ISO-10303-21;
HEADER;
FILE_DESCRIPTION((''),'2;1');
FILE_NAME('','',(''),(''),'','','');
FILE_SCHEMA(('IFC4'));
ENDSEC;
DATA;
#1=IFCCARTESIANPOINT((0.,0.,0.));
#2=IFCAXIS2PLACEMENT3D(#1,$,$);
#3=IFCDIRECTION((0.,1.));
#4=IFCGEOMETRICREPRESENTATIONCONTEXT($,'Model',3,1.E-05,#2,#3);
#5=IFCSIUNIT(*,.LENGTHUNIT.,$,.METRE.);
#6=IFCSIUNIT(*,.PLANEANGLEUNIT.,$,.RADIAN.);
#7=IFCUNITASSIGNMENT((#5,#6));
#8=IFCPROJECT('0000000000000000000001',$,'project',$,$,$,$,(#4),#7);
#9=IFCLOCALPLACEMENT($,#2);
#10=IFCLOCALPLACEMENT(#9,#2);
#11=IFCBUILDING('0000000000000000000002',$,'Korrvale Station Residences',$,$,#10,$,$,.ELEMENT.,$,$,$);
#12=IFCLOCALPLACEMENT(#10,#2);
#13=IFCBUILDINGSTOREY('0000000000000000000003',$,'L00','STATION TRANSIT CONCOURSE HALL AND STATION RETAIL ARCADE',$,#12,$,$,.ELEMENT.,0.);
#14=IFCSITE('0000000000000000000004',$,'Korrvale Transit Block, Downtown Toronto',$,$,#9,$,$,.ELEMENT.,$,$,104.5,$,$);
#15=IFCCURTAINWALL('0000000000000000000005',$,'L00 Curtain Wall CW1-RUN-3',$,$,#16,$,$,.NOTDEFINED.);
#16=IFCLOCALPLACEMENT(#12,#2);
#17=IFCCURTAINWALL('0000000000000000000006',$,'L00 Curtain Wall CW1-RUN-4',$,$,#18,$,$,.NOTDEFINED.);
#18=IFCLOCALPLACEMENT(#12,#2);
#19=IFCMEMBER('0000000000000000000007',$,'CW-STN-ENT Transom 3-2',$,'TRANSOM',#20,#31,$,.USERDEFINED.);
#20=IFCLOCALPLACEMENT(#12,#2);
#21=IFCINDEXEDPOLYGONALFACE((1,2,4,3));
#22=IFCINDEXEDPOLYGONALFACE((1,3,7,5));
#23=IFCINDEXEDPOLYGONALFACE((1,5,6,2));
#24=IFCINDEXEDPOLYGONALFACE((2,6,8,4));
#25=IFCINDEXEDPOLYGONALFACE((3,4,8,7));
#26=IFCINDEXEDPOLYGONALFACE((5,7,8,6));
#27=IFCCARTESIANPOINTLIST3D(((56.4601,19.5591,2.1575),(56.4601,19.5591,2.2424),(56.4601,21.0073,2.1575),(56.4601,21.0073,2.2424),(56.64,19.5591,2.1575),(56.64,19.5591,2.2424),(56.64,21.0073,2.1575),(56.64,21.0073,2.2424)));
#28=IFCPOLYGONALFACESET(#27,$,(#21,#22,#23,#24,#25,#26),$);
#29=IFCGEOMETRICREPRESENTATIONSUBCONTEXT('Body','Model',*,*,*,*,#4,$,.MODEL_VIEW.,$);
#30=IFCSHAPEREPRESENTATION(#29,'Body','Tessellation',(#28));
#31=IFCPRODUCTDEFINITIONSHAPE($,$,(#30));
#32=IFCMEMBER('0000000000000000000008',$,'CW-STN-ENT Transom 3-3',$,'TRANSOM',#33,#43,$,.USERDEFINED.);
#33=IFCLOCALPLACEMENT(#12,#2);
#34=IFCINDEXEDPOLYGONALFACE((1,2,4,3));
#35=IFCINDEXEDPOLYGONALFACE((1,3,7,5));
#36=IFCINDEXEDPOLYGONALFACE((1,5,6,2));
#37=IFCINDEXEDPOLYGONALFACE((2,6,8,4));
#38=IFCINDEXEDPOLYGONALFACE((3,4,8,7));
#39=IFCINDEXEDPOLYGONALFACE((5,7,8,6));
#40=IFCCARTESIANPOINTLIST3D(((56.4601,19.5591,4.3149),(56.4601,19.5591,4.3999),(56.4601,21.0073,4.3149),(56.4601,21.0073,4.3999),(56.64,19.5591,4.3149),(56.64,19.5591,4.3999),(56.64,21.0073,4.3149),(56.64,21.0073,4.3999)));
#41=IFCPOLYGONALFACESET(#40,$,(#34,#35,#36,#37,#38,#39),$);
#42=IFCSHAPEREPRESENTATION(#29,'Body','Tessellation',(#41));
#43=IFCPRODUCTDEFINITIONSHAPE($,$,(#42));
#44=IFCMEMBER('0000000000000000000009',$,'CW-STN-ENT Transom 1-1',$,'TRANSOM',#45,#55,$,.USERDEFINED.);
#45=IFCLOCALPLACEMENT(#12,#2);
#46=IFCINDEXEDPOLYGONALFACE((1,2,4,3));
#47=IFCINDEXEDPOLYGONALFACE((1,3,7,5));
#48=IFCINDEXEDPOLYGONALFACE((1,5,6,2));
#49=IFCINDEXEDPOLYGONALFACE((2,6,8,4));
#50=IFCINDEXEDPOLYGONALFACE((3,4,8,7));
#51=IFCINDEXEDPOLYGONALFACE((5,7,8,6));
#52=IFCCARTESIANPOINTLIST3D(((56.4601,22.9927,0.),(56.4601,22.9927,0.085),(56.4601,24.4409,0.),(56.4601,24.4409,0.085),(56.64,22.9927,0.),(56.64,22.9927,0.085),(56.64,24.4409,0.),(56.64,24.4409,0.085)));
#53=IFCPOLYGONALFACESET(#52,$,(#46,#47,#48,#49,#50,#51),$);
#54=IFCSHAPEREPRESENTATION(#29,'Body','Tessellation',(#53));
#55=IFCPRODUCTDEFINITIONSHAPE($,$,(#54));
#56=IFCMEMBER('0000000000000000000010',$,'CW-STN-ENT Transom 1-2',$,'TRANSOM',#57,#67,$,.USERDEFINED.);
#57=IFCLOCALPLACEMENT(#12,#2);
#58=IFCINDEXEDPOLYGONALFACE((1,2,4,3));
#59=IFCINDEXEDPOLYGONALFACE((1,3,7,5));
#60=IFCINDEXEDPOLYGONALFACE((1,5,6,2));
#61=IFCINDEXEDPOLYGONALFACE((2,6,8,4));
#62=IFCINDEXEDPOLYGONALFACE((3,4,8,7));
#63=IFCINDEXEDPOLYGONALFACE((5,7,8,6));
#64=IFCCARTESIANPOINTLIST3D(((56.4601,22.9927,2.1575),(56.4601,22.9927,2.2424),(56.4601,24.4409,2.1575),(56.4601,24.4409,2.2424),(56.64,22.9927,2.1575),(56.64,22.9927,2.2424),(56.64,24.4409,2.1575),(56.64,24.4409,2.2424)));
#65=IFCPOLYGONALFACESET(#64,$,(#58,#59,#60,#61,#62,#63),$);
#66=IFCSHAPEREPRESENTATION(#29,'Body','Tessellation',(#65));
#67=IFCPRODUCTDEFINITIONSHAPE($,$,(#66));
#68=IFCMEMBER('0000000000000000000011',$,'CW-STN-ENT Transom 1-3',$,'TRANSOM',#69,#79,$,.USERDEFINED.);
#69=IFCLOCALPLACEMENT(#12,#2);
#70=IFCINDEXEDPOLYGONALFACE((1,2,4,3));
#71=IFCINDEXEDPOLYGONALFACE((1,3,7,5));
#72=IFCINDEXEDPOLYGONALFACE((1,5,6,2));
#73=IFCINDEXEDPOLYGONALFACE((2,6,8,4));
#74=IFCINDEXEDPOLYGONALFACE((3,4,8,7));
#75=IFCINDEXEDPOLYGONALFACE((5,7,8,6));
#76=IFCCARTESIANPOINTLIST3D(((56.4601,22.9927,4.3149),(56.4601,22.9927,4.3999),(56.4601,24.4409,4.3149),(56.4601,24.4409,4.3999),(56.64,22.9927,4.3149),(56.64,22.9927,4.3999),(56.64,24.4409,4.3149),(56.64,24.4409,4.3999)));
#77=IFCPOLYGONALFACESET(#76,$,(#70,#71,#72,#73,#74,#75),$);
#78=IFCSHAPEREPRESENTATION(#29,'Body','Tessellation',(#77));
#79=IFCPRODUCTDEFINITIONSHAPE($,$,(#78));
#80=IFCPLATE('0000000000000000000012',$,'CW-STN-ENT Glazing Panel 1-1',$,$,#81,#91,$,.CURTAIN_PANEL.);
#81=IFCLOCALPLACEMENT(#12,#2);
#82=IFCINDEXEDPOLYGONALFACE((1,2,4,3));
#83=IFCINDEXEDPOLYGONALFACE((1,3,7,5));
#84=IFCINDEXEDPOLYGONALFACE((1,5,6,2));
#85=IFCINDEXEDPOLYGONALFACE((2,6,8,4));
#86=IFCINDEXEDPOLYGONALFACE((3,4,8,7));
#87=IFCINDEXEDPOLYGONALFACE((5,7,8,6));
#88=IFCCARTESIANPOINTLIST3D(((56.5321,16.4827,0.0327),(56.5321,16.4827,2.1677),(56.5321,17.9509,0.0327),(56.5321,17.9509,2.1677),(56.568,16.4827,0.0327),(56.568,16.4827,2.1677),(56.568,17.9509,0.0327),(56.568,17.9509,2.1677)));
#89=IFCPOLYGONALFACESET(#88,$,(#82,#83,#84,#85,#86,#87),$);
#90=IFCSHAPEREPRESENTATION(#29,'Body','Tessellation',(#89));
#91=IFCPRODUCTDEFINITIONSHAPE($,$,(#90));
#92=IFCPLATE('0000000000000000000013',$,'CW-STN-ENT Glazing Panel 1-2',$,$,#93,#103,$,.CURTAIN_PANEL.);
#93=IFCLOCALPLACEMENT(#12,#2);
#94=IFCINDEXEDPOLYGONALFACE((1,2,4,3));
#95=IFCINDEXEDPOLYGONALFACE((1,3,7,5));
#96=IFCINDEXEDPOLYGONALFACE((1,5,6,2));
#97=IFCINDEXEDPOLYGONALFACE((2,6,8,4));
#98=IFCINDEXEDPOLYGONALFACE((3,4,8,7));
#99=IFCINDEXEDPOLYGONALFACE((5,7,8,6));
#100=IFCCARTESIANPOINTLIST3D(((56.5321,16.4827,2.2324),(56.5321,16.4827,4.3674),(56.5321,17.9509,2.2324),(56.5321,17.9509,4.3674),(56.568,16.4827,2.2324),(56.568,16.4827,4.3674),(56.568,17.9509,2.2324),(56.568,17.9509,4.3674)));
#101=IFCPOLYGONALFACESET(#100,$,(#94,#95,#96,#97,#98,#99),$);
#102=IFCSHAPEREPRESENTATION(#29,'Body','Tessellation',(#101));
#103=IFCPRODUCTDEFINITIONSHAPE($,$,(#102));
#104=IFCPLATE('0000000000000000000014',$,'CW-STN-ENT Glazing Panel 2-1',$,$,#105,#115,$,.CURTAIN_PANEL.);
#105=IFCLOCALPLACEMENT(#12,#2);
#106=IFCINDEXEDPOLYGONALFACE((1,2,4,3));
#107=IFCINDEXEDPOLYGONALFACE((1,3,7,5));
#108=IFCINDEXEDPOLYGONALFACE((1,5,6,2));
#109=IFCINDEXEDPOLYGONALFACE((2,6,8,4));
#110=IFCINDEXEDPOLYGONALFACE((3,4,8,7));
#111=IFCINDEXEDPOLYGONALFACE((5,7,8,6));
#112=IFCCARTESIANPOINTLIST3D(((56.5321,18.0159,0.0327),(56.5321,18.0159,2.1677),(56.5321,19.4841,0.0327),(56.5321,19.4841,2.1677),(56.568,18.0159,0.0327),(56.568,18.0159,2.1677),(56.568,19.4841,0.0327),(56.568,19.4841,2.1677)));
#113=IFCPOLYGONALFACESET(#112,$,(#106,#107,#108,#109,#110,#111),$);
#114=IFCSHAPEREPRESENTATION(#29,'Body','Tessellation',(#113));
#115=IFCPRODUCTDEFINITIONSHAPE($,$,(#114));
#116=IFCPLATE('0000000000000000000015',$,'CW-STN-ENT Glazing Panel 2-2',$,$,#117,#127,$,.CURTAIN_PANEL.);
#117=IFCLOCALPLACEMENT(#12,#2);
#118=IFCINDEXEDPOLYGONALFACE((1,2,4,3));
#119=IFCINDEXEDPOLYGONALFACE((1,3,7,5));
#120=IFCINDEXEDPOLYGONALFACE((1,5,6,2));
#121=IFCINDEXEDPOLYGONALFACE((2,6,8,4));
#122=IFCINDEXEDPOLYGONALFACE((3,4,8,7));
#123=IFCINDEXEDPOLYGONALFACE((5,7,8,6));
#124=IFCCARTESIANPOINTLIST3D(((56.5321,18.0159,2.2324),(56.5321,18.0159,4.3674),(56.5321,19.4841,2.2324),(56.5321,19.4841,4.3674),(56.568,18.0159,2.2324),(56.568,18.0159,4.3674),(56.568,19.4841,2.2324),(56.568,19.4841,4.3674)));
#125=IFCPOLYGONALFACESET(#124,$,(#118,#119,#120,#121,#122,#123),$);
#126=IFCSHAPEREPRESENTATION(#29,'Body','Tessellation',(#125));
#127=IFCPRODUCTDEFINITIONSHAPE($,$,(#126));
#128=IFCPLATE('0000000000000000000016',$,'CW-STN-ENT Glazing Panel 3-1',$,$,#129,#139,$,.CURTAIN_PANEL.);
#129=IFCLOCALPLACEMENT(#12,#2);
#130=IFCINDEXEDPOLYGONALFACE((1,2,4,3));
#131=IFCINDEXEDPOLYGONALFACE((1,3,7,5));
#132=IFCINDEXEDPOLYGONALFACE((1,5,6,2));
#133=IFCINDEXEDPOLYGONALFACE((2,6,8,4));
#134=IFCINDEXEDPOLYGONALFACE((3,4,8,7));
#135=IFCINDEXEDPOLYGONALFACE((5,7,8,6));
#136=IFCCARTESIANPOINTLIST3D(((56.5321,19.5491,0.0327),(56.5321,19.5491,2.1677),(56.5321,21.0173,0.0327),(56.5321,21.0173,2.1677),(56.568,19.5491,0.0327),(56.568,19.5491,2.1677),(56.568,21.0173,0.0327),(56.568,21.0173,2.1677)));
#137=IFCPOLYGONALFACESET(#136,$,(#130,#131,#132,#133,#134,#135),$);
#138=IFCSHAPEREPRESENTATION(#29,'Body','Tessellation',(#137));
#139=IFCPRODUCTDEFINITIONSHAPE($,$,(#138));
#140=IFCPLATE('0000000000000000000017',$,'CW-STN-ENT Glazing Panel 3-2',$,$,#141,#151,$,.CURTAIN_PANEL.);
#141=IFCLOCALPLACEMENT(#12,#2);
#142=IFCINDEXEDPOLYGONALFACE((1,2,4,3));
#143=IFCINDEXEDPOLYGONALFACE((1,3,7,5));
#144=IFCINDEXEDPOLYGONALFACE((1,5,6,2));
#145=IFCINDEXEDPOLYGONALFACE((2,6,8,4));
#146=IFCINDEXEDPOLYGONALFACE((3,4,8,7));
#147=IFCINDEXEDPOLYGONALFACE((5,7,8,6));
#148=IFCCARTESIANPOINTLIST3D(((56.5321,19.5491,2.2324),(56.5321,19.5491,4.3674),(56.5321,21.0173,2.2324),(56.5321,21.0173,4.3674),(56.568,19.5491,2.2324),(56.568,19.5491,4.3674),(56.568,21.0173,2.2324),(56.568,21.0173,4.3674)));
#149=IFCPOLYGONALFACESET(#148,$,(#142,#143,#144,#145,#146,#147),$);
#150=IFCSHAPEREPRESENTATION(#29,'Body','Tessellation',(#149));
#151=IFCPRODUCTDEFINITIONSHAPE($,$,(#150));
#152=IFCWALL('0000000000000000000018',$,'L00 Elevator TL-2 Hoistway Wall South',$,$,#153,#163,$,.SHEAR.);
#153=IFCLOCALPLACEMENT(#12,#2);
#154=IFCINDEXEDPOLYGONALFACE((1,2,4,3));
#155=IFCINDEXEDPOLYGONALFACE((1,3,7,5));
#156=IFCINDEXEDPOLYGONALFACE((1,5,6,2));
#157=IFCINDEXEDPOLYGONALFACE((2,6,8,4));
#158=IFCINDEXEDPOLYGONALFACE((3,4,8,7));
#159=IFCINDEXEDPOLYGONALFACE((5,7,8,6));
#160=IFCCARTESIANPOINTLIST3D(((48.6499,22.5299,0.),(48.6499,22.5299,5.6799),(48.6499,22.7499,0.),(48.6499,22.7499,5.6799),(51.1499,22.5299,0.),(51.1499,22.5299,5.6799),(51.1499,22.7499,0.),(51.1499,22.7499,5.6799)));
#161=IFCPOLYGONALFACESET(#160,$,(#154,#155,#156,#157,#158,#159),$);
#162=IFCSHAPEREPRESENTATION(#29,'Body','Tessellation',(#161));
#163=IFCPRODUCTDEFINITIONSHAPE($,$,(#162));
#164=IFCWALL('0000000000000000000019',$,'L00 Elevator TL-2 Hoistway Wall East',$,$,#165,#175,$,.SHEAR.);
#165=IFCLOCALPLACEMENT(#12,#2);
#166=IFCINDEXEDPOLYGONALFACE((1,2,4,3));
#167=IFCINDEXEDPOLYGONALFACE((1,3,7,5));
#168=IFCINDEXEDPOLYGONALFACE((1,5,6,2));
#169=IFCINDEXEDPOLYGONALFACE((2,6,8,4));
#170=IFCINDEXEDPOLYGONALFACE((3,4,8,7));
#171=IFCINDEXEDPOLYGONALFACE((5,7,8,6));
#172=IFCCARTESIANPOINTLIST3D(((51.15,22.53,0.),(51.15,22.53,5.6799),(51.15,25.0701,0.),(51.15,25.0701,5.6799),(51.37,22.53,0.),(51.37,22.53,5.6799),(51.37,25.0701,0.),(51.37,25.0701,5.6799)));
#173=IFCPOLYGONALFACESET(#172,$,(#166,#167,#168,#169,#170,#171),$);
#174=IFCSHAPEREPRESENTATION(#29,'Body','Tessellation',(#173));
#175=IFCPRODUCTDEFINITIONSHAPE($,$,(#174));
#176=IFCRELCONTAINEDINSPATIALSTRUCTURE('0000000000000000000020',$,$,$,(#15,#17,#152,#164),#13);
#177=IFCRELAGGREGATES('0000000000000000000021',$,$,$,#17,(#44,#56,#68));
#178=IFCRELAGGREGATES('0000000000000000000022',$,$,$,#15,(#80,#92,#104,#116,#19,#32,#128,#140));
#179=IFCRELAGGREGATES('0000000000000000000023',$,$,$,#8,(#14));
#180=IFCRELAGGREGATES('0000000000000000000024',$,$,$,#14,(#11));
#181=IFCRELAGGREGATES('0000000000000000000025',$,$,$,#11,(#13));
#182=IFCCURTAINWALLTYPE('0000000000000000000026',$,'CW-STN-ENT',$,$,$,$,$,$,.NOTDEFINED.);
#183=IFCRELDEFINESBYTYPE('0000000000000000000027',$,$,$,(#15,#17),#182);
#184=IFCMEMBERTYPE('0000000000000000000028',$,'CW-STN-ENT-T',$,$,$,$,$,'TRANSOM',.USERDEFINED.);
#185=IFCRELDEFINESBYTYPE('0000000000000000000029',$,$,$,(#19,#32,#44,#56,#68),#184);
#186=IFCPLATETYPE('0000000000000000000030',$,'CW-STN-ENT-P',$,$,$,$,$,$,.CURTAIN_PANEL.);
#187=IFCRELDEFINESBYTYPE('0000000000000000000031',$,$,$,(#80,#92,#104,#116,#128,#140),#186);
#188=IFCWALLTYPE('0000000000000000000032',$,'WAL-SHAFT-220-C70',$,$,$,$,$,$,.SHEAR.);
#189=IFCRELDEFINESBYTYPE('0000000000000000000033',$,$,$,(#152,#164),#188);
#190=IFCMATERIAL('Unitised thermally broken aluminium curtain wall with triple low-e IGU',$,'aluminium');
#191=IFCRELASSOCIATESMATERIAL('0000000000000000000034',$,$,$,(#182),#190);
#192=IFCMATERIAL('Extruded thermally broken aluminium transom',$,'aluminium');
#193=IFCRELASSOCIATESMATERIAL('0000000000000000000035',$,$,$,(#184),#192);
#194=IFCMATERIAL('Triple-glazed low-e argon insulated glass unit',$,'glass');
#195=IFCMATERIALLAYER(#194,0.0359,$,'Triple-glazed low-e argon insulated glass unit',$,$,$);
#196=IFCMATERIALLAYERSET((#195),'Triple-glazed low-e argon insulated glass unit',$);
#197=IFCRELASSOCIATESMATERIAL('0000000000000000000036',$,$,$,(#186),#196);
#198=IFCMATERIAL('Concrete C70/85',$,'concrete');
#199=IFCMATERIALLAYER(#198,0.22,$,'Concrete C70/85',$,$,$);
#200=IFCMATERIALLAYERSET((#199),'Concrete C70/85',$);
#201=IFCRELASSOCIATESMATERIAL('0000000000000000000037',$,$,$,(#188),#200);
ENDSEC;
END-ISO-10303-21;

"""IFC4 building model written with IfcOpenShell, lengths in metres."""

from ifc_helpers import new_model, si_unit, direction, frame, frame_2d, origin, origin_2d, place, context, subcontext, project, spatial, rectangle, extrude, material, layer, layer_set, type_object, element, aggregate, save


model = new_model("IFC4")

# Units and contexts
model_context = context("Model", 3, precision=1e-05, world=origin(), true_north=direction((0.0, 1.0)))
body_context = subcontext(model_context, "Body", "Model", "MODEL_VIEW")
ifc_project = project(units=[si_unit("LENGTHUNIT", "METRE"), si_unit("PLANEANGLEUNIT", "RADIAN")], contexts=[model_context])

# Site, building, storey
site_placement = place(None, origin())
site = spatial("IfcSite", under=ifc_project, at=site_placement, Name="Korrvale Transit Block, Downtown Toronto", CompositionType="ELEMENT", RefElevation=104.5)
building_placement = place(site_placement, origin())
building = spatial("IfcBuilding", under=site, at=building_placement, Name="Korrvale Station Residences", CompositionType="ELEMENT")
storey_placement = place(building_placement, origin())
storey = spatial("IfcBuildingStorey", under=building, at=storey_placement, Name="L00", Description="STATION TRANSIT CONCOURSE HALL AND STATION RETAIL ARCADE", CompositionType="ELEMENT", Elevation=0.0)

# Shared definitions
ifc_material_1 = material(Name="Concrete C70/85", Category="concrete")

# Curtain wall
ifc_material_2 = material(Name="Unitised thermally broken aluminium curtain wall with triple low-e IGU", Category="aluminium")
curtain_wall_type = type_object("IfcCurtainWallType", Name="CW-STN-ENT", PredefinedType="NOTDEFINED", material=ifc_material_2)
curtain_wall_1_placement = place(storey_placement, origin())
curtain_wall_1 = element("IfcCurtainWall", 1, at=curtain_wall_1_placement, inside=storey, type_object=curtain_wall_type, Name="L00 Curtain Wall CW1-RUN-3", PredefinedType="NOTDEFINED")

# Curtain wall
curtain_wall_2_placement = place(storey_placement, origin())
curtain_wall_2 = element("IfcCurtainWall", 2, at=curtain_wall_2_placement, inside=storey, type_object=curtain_wall_type, Name="L00 Curtain Wall CW1-RUN-4", PredefinedType="NOTDEFINED")

# Members
ifc_material_3 = material(Name="Extruded thermally broken aluminium transom", Category="aluminium")
member_type_1 = type_object("IfcMemberType", Name="CW-STN-ENT-T", ElementType="TRANSOM", PredefinedType="USERDEFINED", material=ifc_material_3)
member_1_placement = place(storey_placement, frame((56.55, 20.2832, 2.1575), z_axis=(0.0, 0.0, 1.0), x_axis=(0.0, 1.0, 0.0)))
member_1 = element("IfcMember", 3, at=member_1_placement, type_object=member_type_1, Name="CW-STN-ENT Transom 3-2", ObjectType="TRANSOM", PredefinedType="USERDEFINED", context=body_context, shape_type="SweptSolid", body=[
    extrude(rectangle(XDim=1.4482, YDim=0.1799, at=origin_2d()), origin(), (0.0, 0.0, 1.0), 0.085),
])
member_2_placement = place(storey_placement, frame((56.55, 20.2832, 4.3149), z_axis=(0.0, 0.0, 1.0), x_axis=(0.0, 1.0, 0.0)))
member_2 = element("IfcMember", 4, at=member_2_placement, type_object=member_type_1, Name="CW-STN-ENT Transom 3-3", ObjectType="TRANSOM", PredefinedType="USERDEFINED", context=body_context, shape_type="SweptSolid", body=[
    extrude(rectangle(XDim=1.4482, YDim=0.1799, at=origin_2d()), origin(), (0.0, 0.0, 1.0), 0.085),
])
member_3_placement = place(storey_placement, frame((56.55, 23.7168, 0.0), z_axis=(0.0, 0.0, 1.0), x_axis=(0.0, 1.0, 0.0)))
member_3 = element("IfcMember", 5, at=member_3_placement, type_object=member_type_1, Name="CW-STN-ENT Transom 1-1", ObjectType="TRANSOM", PredefinedType="USERDEFINED", context=body_context, shape_type="SweptSolid", body=[
    extrude(rectangle(XDim=1.4482, YDim=0.1799, at=origin_2d()), origin(), (0.0, 0.0, 1.0), 0.085),
])
member_4_placement = place(storey_placement, frame((56.55, 23.7168, 2.1575), z_axis=(0.0, 0.0, 1.0), x_axis=(0.0, 1.0, 0.0)))
member_4 = element("IfcMember", 6, at=member_4_placement, type_object=member_type_1, Name="CW-STN-ENT Transom 1-2", ObjectType="TRANSOM", PredefinedType="USERDEFINED", context=body_context, shape_type="SweptSolid", body=[
    extrude(rectangle(XDim=1.4482, YDim=0.1799, at=origin_2d()), origin(), (0.0, 0.0, 1.0), 0.085),
])
member_5_placement = place(storey_placement, frame((56.55, 23.7168, 4.3149), z_axis=(0.0, 0.0, 1.0), x_axis=(0.0, 1.0, 0.0)))
member_5 = element("IfcMember", 7, at=member_5_placement, type_object=member_type_1, Name="CW-STN-ENT Transom 1-3", ObjectType="TRANSOM", PredefinedType="USERDEFINED", context=body_context, shape_type="SweptSolid", body=[
    extrude(rectangle(XDim=1.4482, YDim=0.1799, at=origin_2d()), origin(), (0.0, 0.0, 1.0), 0.085),
])
aggregate(curtain_wall_2, [member_3, member_4, member_5])

# Plates
ifc_material_4 = material(Name="Triple-glazed low-e argon insulated glass unit", Category="glass")
ifc_layer_1 = layer(ifc_material_4, 0.0359, Name="Triple-glazed low-e argon insulated glass unit")
ifc_layer_set_1 = layer_set([ifc_layer_1], Name="Triple-glazed low-e argon insulated glass unit")
plate_type = type_object("IfcPlateType", Name="CW-STN-ENT-P", PredefinedType="CURTAIN_PANEL", material=ifc_layer_set_1)
plate_1_placement = place(storey_placement, frame((56.55, 17.2168, 0.0327), z_axis=(0.0, 0.0, 1.0), x_axis=(0.0, 1.0, 0.0)))
plate_1 = element("IfcPlate", 8, at=plate_1_placement, type_object=plate_type, Name="CW-STN-ENT Glazing Panel 1-1", PredefinedType="CURTAIN_PANEL", context=body_context, shape_type="SweptSolid", body=[
    extrude(rectangle(XDim=1.4683, YDim=0.0359, at=origin_2d()), origin(), (0.0, 0.0, 1.0), 2.135),
])
plate_2_placement = place(storey_placement, frame((56.55, 17.2168, 2.2324), z_axis=(0.0, 0.0, 1.0), x_axis=(0.0, 1.0, 0.0)))
plate_2 = element("IfcPlate", 9, at=plate_2_placement, type_object=plate_type, Name="CW-STN-ENT Glazing Panel 1-2", PredefinedType="CURTAIN_PANEL", context=body_context, shape_type="SweptSolid", body=[
    extrude(rectangle(XDim=1.4683, YDim=0.0359, at=origin_2d()), origin(), (0.0, 0.0, 1.0), 2.135),
])
plate_3_placement = place(storey_placement, frame((56.55, 18.75, 0.0327), z_axis=(0.0, 0.0, 1.0), x_axis=(0.0, 1.0, 0.0)))
plate_3 = element("IfcPlate", 10, at=plate_3_placement, type_object=plate_type, Name="CW-STN-ENT Glazing Panel 2-1", PredefinedType="CURTAIN_PANEL", context=body_context, shape_type="SweptSolid", body=[
    extrude(rectangle(XDim=1.4683, YDim=0.0359, at=origin_2d()), origin(), (0.0, 0.0, 1.0), 2.135),
])
plate_4_placement = place(storey_placement, frame((56.55, 18.75, 2.2324), z_axis=(0.0, 0.0, 1.0), x_axis=(0.0, 1.0, 0.0)))
plate_4 = element("IfcPlate", 11, at=plate_4_placement, type_object=plate_type, Name="CW-STN-ENT Glazing Panel 2-2", PredefinedType="CURTAIN_PANEL", context=body_context, shape_type="SweptSolid", body=[
    extrude(rectangle(XDim=1.4683, YDim=0.0359, at=origin_2d()), origin(), (0.0, 0.0, 1.0), 2.135),
])
plate_5_placement = place(storey_placement, frame((56.55, 20.2832, 0.0327), z_axis=(0.0, 0.0, 1.0), x_axis=(0.0, 1.0, 0.0)))
plate_5 = element("IfcPlate", 12, at=plate_5_placement, type_object=plate_type, Name="CW-STN-ENT Glazing Panel 3-1", PredefinedType="CURTAIN_PANEL", context=body_context, shape_type="SweptSolid", body=[
    extrude(rectangle(XDim=1.4683, YDim=0.0359, at=origin_2d()), origin(), (0.0, 0.0, 1.0), 2.135),
])
plate_6_placement = place(storey_placement, frame((56.55, 20.2832, 2.2324), z_axis=(0.0, 0.0, 1.0), x_axis=(0.0, 1.0, 0.0)))
plate_6 = element("IfcPlate", 13, at=plate_6_placement, type_object=plate_type, Name="CW-STN-ENT Glazing Panel 3-2", PredefinedType="CURTAIN_PANEL", context=body_context, shape_type="SweptSolid", body=[
    extrude(rectangle(XDim=1.4683, YDim=0.0359, at=origin_2d()), origin(), (0.0, 0.0, 1.0), 2.135),
])
aggregate(curtain_wall_1, [plate_1, plate_2, plate_3, plate_4, member_1, member_2, plate_5, plate_6])

# Wall
ifc_layer_2 = layer(ifc_material_1, 0.22, Name="Concrete C70/85")
ifc_layer_set_2 = layer_set([ifc_layer_2], Name="Concrete C70/85")
wall_type = type_object("IfcWallType", Name="WAL-SHAFT-220-C70", PredefinedType="SHEAR", material=ifc_layer_set_2)
wall_1_placement = place(storey_placement, frame((48.6499, 22.6399, 0.0), z_axis=(0.0, 0.0, 1.0), x_axis=(1.0, 0.0, 0.0)))
element("IfcWall", 14, at=wall_1_placement, inside=storey, type_object=wall_type, Name="L00 Elevator TL-2 Hoistway Wall South", PredefinedType="SHEAR", context=body_context, shape_type="SweptSolid", body=[
    extrude(rectangle(XDim=2.5, YDim=0.22, at=frame_2d((1.25, 0.0))), origin(), (0.0, 0.0, 1.0), 5.6799),
])

# Wall
wall_2_placement = place(storey_placement, frame((51.26, 22.53, 0.0), z_axis=(0.0, 0.0, 1.0), x_axis=(0.0, 1.0, 0.0)))
element("IfcWall", 15, at=wall_2_placement, inside=storey, type_object=wall_type, Name="L00 Elevator TL-2 Hoistway Wall East", PredefinedType="SHEAR", context=body_context, shape_type="SweptSolid", body=[
    extrude(rectangle(XDim=2.54, YDim=0.22, at=frame_2d((1.27, 0.0))), origin(), (0.0, 0.0, 1.0), 5.6799),
])

save(model, "model.ifc")
